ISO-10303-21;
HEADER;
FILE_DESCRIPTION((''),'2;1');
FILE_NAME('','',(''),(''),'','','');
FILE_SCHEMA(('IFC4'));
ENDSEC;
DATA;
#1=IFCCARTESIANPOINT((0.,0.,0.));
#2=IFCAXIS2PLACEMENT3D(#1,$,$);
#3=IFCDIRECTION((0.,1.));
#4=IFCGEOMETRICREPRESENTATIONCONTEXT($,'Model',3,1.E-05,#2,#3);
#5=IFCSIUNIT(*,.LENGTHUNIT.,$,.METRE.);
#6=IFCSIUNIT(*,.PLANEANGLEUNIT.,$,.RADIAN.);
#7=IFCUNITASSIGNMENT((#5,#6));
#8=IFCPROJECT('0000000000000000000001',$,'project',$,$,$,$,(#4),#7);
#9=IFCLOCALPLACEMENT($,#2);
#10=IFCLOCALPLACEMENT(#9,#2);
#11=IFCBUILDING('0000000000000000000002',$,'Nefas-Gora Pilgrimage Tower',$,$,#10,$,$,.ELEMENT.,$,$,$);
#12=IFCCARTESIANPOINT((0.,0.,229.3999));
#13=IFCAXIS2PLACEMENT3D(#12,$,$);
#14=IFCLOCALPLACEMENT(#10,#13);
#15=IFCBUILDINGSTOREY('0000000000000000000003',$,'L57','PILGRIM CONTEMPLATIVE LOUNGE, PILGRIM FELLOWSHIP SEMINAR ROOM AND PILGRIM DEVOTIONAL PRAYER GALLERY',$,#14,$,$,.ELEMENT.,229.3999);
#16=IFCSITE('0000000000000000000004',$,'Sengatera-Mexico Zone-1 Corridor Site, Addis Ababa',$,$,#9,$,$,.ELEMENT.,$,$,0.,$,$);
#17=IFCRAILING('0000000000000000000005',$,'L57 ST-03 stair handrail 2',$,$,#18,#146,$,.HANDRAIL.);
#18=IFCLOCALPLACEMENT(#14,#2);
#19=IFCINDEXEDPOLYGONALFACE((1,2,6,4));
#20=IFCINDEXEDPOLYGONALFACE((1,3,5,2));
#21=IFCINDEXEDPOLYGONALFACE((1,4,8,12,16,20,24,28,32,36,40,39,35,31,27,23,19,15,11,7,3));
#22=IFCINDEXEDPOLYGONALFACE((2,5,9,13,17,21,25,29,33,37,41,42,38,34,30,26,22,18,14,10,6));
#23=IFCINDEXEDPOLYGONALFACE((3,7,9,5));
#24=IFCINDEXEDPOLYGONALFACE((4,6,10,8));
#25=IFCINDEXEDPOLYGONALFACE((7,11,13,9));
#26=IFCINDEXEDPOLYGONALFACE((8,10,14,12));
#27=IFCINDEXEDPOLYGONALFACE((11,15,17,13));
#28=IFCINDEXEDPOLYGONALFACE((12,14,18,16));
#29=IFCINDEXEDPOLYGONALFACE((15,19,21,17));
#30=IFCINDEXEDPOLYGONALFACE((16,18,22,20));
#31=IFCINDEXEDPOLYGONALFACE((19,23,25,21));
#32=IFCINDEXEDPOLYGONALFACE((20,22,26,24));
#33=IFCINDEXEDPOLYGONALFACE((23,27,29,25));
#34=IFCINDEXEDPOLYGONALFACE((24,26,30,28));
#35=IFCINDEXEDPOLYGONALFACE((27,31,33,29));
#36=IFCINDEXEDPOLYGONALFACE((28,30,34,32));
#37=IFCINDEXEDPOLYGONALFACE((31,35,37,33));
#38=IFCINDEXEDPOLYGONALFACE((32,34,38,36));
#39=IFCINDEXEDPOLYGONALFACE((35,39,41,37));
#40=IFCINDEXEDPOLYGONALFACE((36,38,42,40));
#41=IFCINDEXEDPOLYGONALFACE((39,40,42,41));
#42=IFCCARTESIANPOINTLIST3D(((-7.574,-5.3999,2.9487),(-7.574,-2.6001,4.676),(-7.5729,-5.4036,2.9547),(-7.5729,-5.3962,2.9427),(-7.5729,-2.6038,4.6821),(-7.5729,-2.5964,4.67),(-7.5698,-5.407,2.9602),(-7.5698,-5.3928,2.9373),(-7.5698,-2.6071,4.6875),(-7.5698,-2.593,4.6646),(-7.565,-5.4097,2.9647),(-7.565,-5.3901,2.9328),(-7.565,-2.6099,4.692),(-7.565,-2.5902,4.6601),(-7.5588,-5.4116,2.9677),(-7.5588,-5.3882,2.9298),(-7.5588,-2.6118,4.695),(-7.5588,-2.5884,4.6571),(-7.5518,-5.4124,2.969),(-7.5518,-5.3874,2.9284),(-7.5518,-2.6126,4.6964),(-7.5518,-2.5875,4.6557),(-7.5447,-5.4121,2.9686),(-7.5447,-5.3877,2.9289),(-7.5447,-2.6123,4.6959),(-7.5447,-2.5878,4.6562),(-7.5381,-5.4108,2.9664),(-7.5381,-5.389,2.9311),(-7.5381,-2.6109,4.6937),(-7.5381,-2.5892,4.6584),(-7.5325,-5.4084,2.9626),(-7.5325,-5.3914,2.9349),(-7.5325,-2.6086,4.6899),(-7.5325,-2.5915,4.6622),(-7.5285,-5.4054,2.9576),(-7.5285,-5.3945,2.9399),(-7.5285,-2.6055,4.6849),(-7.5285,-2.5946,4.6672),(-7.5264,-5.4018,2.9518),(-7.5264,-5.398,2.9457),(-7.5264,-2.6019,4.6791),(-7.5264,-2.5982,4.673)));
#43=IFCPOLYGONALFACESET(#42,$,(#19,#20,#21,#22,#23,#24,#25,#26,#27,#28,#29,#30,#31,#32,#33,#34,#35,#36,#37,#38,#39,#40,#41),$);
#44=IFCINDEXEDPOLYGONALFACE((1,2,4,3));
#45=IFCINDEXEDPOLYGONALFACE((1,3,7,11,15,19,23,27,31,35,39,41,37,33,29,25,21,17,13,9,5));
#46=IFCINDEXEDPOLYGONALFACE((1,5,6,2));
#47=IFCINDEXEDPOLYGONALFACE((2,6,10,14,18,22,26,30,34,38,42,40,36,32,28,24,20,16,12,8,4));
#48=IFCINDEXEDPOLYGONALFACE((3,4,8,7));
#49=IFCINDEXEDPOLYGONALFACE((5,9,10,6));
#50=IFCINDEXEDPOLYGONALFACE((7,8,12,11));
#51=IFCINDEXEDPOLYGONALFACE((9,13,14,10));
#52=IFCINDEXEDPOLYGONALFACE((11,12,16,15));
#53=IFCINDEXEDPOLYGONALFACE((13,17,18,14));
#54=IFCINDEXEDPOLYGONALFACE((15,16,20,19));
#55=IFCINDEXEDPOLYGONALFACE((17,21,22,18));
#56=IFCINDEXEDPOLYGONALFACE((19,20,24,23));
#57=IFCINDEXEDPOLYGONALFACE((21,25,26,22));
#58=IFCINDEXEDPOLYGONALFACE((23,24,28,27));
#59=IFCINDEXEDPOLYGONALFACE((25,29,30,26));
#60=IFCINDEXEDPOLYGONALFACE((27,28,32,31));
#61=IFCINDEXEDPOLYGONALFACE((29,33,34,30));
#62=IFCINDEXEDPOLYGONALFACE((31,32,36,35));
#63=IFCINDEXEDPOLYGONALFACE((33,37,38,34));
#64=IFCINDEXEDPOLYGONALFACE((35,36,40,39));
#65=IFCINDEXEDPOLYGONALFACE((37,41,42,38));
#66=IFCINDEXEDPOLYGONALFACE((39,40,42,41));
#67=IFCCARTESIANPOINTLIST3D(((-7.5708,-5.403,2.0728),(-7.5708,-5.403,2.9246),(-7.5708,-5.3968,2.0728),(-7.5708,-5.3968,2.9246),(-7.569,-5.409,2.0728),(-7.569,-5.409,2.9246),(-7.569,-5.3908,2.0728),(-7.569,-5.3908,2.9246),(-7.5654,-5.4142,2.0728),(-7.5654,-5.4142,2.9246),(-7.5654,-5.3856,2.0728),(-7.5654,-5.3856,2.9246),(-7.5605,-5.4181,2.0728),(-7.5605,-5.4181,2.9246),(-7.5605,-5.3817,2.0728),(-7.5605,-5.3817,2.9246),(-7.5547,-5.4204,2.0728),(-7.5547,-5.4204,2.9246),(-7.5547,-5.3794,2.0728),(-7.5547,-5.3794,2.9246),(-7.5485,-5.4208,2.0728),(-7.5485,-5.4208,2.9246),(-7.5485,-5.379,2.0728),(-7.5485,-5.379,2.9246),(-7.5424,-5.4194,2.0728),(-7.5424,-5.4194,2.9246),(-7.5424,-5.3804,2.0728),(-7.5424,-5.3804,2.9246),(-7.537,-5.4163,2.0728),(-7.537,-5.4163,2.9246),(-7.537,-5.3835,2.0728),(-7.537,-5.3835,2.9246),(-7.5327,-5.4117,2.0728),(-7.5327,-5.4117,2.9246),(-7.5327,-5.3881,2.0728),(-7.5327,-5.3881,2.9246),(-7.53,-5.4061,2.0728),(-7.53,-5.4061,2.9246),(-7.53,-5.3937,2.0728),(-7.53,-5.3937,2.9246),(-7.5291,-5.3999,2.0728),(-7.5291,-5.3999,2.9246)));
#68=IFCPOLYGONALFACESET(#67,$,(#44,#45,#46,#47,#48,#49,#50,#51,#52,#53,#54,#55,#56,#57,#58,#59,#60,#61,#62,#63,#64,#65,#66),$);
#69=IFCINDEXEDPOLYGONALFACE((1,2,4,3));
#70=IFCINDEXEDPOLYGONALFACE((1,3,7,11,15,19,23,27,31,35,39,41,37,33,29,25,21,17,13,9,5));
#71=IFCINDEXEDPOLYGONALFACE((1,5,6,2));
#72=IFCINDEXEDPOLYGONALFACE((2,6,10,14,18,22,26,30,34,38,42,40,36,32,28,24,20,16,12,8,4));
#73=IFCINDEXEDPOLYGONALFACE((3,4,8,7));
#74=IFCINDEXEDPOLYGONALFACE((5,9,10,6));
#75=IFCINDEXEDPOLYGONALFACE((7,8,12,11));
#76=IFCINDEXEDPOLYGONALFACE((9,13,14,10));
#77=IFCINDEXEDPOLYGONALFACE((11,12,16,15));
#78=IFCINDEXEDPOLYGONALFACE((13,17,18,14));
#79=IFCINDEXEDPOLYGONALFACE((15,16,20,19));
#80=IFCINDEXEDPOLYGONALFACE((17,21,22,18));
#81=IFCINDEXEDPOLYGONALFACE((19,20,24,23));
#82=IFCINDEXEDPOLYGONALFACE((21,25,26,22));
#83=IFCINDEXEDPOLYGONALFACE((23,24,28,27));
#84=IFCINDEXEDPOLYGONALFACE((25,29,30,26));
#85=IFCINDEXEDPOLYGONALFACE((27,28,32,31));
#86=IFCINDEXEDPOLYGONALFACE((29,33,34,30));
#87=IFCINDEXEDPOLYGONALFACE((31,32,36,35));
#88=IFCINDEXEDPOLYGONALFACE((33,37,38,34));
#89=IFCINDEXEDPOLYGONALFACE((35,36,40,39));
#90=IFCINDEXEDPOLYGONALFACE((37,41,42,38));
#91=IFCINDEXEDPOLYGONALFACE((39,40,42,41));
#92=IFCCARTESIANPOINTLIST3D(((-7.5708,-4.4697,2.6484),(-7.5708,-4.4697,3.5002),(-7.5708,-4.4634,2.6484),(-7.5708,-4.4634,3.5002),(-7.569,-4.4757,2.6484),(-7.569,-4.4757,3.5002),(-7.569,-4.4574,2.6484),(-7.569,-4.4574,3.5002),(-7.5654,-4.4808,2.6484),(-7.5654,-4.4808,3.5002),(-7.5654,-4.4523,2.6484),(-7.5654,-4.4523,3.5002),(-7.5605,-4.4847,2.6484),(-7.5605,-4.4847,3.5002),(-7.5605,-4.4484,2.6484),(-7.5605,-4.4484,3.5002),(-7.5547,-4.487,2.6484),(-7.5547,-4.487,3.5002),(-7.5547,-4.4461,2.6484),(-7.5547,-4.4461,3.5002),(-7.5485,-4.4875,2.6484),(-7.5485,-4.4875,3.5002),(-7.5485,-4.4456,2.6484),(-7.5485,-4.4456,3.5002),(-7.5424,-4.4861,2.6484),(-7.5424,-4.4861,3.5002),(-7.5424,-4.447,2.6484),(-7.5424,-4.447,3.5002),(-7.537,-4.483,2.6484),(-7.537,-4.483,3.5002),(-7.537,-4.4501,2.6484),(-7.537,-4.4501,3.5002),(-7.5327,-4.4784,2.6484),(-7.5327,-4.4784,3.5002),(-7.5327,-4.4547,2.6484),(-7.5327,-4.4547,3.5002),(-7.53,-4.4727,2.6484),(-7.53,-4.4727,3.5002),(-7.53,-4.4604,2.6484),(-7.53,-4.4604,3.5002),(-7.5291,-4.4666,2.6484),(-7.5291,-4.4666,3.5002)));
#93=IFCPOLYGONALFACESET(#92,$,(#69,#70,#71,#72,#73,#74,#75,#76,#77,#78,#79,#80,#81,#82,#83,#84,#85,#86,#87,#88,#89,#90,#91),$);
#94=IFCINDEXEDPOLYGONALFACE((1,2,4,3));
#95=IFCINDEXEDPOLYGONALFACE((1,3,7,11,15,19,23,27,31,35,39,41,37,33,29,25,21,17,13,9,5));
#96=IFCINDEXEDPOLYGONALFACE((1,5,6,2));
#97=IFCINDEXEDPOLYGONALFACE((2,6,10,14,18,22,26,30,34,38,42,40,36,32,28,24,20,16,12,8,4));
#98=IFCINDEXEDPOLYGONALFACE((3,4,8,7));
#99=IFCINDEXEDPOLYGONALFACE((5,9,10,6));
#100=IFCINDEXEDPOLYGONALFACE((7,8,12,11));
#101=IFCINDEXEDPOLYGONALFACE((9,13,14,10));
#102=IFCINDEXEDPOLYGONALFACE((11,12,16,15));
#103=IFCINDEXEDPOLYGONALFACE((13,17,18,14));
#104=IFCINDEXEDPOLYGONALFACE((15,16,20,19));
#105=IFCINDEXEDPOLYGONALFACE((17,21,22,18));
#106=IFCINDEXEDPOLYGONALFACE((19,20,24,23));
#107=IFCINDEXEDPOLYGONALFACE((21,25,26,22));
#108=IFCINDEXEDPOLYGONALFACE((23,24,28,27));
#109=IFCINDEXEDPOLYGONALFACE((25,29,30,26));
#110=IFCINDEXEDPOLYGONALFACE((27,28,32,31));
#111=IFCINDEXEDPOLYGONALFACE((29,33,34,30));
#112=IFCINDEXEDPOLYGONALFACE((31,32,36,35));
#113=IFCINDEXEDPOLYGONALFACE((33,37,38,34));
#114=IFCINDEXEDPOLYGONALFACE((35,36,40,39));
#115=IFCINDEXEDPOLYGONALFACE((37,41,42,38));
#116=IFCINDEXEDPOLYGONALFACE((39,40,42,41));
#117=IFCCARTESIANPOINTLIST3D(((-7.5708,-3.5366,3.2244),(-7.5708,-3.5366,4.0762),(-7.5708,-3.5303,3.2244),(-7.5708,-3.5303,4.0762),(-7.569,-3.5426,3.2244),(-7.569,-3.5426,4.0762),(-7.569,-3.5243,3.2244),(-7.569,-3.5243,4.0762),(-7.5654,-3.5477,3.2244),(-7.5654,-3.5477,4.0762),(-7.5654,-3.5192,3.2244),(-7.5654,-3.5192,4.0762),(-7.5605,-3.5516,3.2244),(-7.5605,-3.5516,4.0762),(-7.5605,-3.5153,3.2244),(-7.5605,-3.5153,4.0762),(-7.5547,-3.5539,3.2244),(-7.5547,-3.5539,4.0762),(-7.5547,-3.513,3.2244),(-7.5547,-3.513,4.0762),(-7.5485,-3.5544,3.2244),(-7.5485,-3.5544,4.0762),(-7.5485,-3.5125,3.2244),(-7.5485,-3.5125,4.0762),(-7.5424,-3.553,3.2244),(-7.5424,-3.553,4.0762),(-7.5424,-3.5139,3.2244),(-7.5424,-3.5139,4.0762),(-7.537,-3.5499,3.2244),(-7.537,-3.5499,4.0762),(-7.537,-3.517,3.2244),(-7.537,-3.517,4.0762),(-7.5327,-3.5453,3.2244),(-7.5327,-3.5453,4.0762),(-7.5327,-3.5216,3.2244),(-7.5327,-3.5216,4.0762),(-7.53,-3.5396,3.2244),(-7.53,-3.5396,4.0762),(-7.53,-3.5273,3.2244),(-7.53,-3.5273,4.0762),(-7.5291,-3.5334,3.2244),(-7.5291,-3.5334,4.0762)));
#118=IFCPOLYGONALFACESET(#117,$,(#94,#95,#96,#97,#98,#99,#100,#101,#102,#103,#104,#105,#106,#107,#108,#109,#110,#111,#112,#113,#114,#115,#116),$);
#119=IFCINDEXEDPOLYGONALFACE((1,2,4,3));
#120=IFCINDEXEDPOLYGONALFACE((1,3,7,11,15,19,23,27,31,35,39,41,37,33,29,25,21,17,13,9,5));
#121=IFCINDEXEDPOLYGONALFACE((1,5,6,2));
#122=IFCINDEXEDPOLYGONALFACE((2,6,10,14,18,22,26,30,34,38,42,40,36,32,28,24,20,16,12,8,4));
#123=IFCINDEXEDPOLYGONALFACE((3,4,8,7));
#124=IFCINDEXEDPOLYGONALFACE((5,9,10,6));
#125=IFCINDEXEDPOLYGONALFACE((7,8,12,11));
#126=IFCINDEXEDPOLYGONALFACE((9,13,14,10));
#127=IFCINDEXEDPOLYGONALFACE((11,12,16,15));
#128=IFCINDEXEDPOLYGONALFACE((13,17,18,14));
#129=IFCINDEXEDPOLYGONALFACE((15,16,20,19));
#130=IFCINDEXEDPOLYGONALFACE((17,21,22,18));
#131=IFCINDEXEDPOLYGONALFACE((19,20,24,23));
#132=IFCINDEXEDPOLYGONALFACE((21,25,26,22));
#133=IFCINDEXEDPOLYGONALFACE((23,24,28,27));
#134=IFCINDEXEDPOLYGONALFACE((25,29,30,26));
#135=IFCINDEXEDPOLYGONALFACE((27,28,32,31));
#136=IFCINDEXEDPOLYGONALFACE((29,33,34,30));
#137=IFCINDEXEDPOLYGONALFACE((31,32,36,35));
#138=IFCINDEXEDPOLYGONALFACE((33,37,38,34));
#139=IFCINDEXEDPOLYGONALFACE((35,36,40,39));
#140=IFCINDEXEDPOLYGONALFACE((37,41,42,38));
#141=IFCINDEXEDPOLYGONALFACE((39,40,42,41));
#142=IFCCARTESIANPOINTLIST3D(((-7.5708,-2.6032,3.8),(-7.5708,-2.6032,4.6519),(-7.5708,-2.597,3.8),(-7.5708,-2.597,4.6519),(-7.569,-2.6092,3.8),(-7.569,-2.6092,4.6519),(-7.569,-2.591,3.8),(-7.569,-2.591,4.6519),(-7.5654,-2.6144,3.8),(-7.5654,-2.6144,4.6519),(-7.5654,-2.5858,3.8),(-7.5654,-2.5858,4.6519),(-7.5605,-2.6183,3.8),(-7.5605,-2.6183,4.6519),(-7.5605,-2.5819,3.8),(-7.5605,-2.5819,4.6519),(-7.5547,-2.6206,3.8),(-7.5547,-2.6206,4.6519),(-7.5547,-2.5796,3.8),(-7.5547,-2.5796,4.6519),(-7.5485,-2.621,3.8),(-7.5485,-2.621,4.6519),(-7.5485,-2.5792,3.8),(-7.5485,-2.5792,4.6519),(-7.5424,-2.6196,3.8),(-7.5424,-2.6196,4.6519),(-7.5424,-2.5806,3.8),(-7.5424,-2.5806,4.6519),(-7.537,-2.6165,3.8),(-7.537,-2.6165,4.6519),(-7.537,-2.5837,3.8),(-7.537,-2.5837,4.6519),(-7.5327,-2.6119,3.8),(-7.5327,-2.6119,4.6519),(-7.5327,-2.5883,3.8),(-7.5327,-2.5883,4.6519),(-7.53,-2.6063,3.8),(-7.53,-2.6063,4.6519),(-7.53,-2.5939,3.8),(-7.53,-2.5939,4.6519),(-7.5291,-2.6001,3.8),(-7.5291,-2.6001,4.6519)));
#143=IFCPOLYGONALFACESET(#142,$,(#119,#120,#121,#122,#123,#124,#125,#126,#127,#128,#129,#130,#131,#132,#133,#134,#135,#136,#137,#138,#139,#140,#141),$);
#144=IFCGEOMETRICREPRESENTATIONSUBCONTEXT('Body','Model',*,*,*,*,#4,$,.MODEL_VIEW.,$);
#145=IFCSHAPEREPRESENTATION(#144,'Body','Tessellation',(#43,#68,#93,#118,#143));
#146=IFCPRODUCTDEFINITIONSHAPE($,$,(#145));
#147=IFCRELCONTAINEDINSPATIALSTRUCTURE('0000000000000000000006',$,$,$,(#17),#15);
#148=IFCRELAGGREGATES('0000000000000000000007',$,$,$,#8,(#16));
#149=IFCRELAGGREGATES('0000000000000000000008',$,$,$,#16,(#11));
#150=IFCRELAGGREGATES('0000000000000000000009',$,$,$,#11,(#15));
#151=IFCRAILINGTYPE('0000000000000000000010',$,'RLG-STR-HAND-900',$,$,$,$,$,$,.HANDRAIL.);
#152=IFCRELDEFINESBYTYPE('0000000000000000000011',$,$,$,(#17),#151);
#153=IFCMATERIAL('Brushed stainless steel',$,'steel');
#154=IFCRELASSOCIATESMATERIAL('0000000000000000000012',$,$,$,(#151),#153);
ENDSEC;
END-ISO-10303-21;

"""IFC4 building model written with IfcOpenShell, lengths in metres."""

from ifc_helpers import new_model, si_unit, direction, frame, origin, origin_2d, place, context, subcontext, project, spatial, circle, extrude, material, type_object, element, save


model = new_model("IFC4")

# Units and contexts
model_context = context("Model", 3, precision=1e-05, world=origin(), true_north=direction((0.0, 1.0)))
body_context = subcontext(model_context, "Body", "Model", "MODEL_VIEW")
ifc_project = project(units=[si_unit("LENGTHUNIT", "METRE"), si_unit("PLANEANGLEUNIT", "RADIAN")], contexts=[model_context])

# Site, building, storey
site_placement = place(None, origin())
site = spatial("IfcSite", under=ifc_project, at=site_placement, Name="Sengatera-Mexico Zone-1 Corridor Site, Addis Ababa", CompositionType="ELEMENT", RefElevation=0.0)
building_placement = place(site_placement, origin())
building = spatial("IfcBuilding", under=site, at=building_placement, Name="Nefas-Gora Pilgrimage Tower", CompositionType="ELEMENT")
storey_placement = place(building_placement, frame((0.0, 0.0, 229.3999)))
storey = spatial("IfcBuildingStorey", under=building, at=storey_placement, Name="L57", Description="PILGRIM CONTEMPLATIVE LOUNGE, PILGRIM FELLOWSHIP SEMINAR ROOM AND PILGRIM DEVOTIONAL PRAYER GALLERY", CompositionType="ELEMENT", Elevation=229.3999)

# Railing
ifc_material_1 = material(Name="Brushed stainless steel", Category="steel")
railing_type_1 = type_object("IfcRailingType", Name="RLG-STR-HAND-900", PredefinedType="HANDRAIL", material=ifc_material_1)
railing_1_placement = place(storey_placement, frame((-7.55, -5.3999, 2.0728)))
element("IfcRailing", 1, at=railing_1_placement, inside=storey, type_object=railing_type_1, Name="L57 ST-03 stair handrail 2", PredefinedType="HANDRAIL", context=body_context, shape_type="SweptSolid", body=[
    extrude(circle(Radius=0.0239, at=origin_2d()), frame((0.0, 0.0, 0.876), z_axis=(0.0, 0.851069, 0.525054), x_axis=(-1.0, 0.0, 0.0)), (0.0, 0.0, 1.0), 3.2898),
    extrude(circle(Radius=0.021, at=origin_2d()), origin(), (0.0, 0.0, 1.0), 0.8518),
    extrude(circle(Radius=0.021, at=origin_2d()), frame((0.0, 0.9333, 0.5757)), (0.0, 0.0, 1.0), 0.8518),
    extrude(circle(Radius=0.021, at=origin_2d()), frame((0.0, 1.8665, 1.1516)), (0.0, 0.0, 1.0), 0.8518),
    extrude(circle(Radius=0.021, at=origin_2d()), frame((0.0, 2.7998, 1.7273)), (0.0, 0.0, 1.0), 0.8518),
])

save(model, "model.ifc")
